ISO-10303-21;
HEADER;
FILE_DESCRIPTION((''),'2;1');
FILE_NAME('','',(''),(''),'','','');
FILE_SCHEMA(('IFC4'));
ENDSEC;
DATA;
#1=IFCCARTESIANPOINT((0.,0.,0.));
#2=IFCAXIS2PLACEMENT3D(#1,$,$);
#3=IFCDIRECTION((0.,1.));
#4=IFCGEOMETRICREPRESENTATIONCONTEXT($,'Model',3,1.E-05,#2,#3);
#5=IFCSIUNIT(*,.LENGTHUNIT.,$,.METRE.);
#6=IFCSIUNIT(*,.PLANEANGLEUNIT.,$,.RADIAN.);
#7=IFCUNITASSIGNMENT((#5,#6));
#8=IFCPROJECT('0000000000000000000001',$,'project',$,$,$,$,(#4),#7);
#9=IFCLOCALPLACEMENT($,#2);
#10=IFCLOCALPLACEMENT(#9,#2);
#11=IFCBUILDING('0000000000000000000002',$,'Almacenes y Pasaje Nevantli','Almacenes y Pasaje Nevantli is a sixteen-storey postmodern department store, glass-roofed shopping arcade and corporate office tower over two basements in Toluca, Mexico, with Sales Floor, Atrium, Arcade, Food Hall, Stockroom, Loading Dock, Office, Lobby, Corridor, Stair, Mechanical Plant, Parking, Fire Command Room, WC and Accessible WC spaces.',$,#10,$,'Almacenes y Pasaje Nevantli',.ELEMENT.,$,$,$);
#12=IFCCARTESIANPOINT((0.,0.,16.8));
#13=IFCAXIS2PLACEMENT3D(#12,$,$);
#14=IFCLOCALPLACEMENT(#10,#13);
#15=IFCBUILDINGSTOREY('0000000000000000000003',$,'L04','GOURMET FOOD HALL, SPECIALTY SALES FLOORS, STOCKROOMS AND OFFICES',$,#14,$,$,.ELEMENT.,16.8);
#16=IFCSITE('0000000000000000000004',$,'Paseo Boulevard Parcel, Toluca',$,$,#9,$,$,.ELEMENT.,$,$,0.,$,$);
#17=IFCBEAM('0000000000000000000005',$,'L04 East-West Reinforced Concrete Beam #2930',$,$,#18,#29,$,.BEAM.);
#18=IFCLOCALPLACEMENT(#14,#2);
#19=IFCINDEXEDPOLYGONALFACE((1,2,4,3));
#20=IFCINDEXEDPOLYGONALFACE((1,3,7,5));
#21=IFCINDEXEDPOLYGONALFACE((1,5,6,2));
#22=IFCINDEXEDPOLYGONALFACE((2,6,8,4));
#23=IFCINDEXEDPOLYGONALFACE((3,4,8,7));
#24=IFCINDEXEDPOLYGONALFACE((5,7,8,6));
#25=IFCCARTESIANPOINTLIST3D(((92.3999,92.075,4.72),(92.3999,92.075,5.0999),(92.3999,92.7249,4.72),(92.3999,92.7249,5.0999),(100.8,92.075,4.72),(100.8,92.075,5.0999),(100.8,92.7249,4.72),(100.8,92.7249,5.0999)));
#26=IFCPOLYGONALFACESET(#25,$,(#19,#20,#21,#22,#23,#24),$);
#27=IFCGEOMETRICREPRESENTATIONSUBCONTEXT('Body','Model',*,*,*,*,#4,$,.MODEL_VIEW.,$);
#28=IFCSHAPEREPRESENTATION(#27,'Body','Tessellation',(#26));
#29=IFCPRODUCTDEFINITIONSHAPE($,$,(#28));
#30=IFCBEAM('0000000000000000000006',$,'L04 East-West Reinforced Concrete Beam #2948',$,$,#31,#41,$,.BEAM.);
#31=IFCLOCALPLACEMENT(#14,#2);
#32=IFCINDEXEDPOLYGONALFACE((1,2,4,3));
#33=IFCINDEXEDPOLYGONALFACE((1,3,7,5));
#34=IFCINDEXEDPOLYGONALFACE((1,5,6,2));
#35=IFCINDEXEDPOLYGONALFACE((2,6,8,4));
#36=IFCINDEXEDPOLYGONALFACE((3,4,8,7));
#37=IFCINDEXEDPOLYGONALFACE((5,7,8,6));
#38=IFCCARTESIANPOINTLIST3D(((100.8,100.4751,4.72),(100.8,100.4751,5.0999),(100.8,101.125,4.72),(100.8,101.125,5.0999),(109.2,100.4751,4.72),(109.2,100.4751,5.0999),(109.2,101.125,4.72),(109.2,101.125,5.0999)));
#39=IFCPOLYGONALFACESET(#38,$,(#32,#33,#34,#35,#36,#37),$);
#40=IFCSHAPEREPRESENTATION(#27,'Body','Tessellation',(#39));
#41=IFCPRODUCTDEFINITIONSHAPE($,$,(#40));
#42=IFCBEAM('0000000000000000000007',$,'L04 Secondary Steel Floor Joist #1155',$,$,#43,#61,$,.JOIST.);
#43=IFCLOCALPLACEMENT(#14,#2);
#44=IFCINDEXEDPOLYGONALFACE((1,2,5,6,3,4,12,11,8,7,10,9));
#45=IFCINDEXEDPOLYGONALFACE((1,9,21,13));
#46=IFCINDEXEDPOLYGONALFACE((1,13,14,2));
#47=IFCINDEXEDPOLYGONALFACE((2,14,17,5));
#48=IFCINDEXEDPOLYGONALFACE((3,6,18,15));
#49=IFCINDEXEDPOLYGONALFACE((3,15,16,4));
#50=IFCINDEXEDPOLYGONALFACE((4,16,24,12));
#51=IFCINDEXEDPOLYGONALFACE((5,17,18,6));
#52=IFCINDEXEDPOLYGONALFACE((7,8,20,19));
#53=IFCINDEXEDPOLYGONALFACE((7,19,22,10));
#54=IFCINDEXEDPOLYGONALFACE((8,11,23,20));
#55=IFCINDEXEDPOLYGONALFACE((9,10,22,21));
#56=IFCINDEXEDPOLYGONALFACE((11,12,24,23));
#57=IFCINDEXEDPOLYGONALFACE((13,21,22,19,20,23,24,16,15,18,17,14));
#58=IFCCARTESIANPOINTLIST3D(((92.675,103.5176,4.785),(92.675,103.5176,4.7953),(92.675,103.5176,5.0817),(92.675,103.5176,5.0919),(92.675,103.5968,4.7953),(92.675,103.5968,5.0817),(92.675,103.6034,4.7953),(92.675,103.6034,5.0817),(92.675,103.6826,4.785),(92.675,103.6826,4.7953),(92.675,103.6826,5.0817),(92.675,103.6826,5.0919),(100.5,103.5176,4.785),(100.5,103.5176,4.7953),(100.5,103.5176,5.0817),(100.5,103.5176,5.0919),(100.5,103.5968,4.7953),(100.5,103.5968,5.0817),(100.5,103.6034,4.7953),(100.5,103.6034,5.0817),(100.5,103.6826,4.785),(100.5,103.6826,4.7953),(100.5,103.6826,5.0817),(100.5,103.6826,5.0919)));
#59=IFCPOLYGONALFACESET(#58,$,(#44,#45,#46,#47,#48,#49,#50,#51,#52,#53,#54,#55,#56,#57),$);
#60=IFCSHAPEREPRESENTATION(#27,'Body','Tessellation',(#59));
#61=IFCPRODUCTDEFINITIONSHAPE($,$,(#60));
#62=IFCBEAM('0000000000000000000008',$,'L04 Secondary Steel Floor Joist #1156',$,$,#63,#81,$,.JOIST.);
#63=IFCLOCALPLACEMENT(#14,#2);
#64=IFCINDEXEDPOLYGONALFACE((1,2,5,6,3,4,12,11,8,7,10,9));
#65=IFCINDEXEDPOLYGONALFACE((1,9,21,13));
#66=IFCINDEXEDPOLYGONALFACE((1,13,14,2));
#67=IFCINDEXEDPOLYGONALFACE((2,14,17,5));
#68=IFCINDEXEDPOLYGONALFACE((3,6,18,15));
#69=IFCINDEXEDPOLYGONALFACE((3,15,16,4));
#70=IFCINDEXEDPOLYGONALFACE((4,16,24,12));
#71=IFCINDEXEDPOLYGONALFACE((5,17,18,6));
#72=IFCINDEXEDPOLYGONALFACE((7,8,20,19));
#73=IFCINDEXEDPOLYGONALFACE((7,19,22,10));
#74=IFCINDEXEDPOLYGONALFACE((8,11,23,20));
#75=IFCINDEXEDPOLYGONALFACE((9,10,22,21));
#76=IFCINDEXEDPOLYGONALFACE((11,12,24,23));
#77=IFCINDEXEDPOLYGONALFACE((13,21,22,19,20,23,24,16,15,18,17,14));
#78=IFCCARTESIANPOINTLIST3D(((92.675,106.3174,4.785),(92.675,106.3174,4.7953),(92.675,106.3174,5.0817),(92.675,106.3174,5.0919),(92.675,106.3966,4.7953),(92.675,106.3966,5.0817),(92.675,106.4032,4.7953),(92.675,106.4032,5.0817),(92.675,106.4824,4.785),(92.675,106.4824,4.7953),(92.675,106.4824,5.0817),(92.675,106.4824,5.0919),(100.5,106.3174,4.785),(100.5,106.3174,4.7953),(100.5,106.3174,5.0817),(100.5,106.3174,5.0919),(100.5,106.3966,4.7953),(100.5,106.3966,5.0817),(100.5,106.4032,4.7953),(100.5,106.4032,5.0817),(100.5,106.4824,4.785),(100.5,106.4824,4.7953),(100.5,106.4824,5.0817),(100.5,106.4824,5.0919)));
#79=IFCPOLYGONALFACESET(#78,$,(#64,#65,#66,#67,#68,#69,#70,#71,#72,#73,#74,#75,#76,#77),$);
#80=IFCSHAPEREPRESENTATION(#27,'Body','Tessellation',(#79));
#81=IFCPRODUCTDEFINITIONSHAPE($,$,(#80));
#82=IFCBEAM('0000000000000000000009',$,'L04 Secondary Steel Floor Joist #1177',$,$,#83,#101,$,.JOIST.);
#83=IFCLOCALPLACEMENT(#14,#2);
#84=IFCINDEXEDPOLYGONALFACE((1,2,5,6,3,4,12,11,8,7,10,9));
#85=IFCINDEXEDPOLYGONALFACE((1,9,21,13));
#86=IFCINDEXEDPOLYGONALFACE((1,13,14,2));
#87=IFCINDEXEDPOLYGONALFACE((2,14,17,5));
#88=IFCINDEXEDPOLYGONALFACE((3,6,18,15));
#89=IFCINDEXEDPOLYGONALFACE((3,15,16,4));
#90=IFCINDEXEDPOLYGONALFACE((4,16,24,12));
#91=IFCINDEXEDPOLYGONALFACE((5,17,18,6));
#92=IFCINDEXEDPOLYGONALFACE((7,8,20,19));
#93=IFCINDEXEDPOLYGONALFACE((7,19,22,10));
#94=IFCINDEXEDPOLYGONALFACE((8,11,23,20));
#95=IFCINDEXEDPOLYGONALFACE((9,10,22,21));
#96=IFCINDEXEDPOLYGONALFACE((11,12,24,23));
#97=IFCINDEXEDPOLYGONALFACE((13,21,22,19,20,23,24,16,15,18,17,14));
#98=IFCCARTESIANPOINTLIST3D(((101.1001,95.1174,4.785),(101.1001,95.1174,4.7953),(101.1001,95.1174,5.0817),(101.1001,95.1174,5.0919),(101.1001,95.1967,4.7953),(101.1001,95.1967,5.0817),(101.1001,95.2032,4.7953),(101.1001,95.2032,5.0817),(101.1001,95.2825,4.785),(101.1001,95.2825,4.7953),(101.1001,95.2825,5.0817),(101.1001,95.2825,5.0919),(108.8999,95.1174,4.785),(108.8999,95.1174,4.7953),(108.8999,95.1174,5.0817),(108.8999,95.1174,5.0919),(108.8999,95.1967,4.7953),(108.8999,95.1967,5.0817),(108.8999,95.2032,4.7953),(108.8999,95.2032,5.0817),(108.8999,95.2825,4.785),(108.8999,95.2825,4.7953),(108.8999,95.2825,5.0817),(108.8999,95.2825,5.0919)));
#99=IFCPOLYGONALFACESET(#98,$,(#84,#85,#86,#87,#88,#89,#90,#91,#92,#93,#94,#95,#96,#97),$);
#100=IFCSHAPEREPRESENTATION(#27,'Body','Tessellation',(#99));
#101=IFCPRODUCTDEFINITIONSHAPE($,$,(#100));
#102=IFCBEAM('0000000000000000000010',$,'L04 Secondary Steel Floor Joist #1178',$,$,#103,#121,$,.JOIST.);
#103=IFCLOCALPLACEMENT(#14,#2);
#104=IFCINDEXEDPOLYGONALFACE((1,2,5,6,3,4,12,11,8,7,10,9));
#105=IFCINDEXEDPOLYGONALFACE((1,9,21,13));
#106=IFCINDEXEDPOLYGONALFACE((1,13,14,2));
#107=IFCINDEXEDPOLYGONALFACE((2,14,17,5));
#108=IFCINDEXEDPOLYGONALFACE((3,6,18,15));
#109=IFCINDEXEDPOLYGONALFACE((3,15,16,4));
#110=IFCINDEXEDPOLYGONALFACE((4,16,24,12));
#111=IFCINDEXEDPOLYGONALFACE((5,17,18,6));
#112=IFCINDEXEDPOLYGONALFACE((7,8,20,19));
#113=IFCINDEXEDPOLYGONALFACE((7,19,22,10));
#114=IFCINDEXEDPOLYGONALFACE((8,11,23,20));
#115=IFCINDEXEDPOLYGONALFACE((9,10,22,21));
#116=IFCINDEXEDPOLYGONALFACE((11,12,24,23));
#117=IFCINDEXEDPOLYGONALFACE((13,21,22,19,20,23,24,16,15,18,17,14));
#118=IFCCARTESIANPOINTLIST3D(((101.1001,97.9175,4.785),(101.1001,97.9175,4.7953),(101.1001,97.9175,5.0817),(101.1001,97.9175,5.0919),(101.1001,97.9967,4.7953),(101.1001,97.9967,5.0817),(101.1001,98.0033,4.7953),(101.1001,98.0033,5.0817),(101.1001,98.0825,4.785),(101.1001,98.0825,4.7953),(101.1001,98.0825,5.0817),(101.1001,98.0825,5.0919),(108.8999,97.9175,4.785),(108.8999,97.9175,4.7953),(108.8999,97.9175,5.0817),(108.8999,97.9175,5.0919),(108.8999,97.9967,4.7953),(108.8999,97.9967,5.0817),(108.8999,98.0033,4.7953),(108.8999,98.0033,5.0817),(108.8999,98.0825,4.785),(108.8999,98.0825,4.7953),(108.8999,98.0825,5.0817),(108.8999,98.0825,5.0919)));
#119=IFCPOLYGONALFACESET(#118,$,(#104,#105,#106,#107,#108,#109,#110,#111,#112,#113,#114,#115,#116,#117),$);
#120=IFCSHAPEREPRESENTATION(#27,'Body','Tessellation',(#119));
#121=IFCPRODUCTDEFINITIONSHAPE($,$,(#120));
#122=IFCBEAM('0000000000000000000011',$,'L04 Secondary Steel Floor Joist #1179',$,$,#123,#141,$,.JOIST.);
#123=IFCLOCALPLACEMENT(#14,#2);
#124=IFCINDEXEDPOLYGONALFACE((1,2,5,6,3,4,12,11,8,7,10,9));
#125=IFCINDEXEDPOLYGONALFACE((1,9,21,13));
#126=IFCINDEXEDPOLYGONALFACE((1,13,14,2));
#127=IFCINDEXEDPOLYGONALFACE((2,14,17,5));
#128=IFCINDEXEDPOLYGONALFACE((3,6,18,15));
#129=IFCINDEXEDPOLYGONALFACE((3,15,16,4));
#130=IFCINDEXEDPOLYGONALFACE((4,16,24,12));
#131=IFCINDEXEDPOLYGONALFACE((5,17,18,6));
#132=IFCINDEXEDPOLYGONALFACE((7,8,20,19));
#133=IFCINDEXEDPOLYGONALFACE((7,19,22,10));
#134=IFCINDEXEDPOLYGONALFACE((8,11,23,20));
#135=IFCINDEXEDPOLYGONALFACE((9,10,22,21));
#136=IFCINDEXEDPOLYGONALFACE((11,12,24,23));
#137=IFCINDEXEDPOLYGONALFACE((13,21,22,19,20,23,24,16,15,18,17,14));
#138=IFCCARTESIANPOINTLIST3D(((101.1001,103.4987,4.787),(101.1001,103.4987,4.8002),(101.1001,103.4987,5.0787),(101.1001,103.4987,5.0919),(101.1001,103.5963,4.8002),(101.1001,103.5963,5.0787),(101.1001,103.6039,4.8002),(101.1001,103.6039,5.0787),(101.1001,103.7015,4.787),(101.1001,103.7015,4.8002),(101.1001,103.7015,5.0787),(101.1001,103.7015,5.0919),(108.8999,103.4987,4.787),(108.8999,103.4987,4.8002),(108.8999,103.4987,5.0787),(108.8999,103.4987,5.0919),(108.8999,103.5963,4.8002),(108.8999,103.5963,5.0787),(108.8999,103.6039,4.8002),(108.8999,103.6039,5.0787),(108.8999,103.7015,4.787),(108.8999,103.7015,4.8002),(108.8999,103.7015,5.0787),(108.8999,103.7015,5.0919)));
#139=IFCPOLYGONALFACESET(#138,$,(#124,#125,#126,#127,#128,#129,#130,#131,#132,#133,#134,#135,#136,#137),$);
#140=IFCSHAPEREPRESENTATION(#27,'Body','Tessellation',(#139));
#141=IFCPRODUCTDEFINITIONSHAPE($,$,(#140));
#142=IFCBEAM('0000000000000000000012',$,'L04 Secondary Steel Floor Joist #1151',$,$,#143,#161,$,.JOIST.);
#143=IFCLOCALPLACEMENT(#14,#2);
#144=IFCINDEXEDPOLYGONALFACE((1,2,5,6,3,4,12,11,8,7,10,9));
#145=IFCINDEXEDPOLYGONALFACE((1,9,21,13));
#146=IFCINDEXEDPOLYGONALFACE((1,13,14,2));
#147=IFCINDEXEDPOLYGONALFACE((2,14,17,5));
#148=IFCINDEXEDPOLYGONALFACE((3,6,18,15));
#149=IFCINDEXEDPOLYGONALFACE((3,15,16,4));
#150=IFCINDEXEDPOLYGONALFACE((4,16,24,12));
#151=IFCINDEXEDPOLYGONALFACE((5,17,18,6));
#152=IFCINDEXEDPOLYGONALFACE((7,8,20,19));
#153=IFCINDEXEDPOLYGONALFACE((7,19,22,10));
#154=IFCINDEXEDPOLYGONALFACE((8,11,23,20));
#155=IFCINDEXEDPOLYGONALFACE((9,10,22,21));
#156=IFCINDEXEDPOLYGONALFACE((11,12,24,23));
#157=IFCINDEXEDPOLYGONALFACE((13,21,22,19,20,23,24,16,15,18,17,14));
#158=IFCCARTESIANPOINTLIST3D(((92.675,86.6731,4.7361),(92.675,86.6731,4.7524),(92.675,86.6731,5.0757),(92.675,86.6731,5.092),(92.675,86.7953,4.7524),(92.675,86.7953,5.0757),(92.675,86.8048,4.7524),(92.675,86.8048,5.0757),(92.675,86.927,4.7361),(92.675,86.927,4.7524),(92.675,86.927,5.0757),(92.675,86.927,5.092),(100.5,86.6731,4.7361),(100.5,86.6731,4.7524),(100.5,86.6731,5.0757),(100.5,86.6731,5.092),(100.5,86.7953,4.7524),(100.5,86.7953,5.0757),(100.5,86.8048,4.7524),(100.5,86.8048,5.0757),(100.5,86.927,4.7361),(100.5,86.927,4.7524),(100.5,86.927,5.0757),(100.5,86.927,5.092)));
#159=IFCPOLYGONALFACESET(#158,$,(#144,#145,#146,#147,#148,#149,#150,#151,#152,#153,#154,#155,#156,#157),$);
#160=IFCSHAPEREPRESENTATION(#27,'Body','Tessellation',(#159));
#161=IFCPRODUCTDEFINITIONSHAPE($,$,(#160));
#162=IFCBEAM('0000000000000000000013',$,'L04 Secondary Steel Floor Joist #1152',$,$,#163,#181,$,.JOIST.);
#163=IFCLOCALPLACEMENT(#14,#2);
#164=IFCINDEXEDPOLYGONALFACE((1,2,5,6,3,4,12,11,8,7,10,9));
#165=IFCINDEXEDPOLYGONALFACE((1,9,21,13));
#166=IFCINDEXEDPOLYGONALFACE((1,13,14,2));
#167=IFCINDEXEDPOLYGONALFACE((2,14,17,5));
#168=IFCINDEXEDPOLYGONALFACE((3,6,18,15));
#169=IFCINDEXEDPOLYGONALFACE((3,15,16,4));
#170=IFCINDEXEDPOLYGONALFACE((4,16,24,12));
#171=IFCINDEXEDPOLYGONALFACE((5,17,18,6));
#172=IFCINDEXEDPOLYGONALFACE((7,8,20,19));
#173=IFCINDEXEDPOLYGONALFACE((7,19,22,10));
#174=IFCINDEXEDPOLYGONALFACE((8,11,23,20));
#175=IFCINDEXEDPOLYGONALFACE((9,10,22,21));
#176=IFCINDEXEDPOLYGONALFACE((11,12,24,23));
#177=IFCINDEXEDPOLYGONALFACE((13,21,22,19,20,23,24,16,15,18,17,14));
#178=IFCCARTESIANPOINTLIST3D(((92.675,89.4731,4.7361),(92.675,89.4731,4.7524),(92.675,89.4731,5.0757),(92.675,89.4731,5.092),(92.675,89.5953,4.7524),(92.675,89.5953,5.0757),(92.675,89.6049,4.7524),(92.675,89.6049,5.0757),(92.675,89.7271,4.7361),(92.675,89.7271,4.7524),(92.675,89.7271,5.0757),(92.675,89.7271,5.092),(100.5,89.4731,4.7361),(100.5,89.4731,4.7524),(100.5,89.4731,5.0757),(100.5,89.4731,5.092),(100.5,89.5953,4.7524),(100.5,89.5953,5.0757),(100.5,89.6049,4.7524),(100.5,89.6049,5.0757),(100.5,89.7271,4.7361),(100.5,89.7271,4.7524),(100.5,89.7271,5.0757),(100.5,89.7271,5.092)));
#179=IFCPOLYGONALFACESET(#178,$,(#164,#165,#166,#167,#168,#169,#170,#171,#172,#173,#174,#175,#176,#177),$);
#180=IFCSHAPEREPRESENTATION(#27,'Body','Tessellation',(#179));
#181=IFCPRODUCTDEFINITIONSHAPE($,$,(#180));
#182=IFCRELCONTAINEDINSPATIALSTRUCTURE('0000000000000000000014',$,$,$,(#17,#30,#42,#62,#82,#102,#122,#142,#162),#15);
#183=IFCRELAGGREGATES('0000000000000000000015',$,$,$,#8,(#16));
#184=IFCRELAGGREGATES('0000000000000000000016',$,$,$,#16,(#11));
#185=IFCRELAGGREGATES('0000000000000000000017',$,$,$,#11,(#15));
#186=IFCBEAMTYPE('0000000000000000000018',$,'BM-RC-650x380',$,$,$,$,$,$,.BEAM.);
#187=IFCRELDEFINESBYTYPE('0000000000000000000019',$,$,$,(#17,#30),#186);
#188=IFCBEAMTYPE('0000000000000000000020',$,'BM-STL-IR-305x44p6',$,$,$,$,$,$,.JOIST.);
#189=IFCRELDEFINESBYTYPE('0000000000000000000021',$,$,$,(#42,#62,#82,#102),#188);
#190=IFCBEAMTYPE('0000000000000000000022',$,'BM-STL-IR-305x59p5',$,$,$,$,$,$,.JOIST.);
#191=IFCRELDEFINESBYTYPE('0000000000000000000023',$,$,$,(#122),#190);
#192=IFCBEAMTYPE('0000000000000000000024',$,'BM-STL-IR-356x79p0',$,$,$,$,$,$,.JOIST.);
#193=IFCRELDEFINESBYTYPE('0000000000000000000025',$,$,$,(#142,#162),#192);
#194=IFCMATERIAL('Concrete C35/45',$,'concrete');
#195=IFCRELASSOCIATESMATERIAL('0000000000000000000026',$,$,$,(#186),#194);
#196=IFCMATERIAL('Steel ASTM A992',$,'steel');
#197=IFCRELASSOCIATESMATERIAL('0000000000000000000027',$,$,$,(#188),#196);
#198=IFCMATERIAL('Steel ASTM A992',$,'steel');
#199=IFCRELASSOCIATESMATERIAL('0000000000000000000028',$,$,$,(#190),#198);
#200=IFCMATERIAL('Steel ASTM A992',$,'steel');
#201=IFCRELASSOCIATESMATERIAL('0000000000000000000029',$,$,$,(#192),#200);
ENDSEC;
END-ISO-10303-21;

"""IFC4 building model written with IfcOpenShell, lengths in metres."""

from ifc_helpers import new_model, si_unit, direction, frame, origin, origin_2d, place, context, subcontext, project, spatial, rectangle, i_section, extrude, material, material_profile, profile_set, type_object, element, save


model = new_model("IFC4")

# Units and contexts
model_context = context("Model", 3, precision=1e-05, world=origin(), true_north=direction((0.0, 1.0)))
body_context = subcontext(model_context, "Body", "Model", "MODEL_VIEW")
ifc_project = project(units=[si_unit("LENGTHUNIT", "METRE"), si_unit("PLANEANGLEUNIT", "RADIAN")], contexts=[model_context])

# Site, building, storey
site_placement = place(None, origin())
site = spatial("IfcSite", under=ifc_project, at=site_placement, Name="Paseo Boulevard Parcel, Toluca", CompositionType="ELEMENT", RefElevation=0.0)
building_placement = place(site_placement, origin())
building = spatial("IfcBuilding", under=site, at=building_placement, Name="Almacenes y Pasaje Nevantli", Description="Almacenes y Pasaje Nevantli is a sixteen-storey postmodern department store, glass-roofed shopping arcade and corporate office tower over two basements in Toluca, Mexico, with Sales Floor, Atrium, Arcade, Food Hall, Stockroom, Loading Dock, Office, Lobby, Corridor, Stair, Mechanical Plant, Parking, Fire Command Room, WC and Accessible WC spaces.", LongName="Almacenes y Pasaje Nevantli", CompositionType="ELEMENT")
storey_placement = place(building_placement, frame((0.0, 0.0, 16.8)))
storey = spatial("IfcBuildingStorey", under=building, at=storey_placement, Name="L04", Description="GOURMET FOOD HALL, SPECIALTY SALES FLOORS, STOCKROOMS AND OFFICES", CompositionType="ELEMENT", Elevation=16.8)

# Beams
ifc_material_1 = material(Name="Concrete C35/45", Category="concrete")
ifc_material_profile_1 = material_profile(ifc_material_1, rectangle(XDim=0.6499, YDim=0.3799, at=origin_2d()), Name="RC-BM-650x380")
ifc_profile_set_1 = profile_set([ifc_material_profile_1], Name="Concrete C35/45")
beam_type_1 = type_object("IfcBeamType", Name="BM-RC-650x380", PredefinedType="BEAM", material=ifc_profile_set_1)
beam_1_placement = place(storey_placement, frame((92.3999, 92.3999, 4.9099), z_axis=(1.0, 0.0, 0.0), x_axis=(0.0, 1.0, 0.0)))
element("IfcBeam", 1, at=beam_1_placement, inside=storey, type_object=beam_type_1, Name="L04 East-West Reinforced Concrete Beam #2930", PredefinedType="BEAM", context=body_context, shape_type="SweptSolid", body=[
    extrude(rectangle(XDim=0.6499, YDim=0.3799, at=origin_2d()), origin(), (0.0, 0.0, 1.0), 8.4001),
])
beam_2_placement = place(storey_placement, frame((100.8, 100.8, 4.9099), z_axis=(1.0, 0.0, 0.0), x_axis=(0.0, 1.0, 0.0)))
element("IfcBeam", 2, at=beam_2_placement, inside=storey, type_object=beam_type_1, Name="L04 East-West Reinforced Concrete Beam #2948", PredefinedType="BEAM", context=body_context, shape_type="SweptSolid", body=[
    extrude(rectangle(XDim=0.6499, YDim=0.3799, at=origin_2d()), origin(), (0.0, 0.0, 1.0), 8.3999),
])
ifc_material_2 = material(Name="Steel ASTM A992", Category="steel")
ifc_material_profile_2 = material_profile(ifc_material_2, i_section(OverallWidth=0.165, OverallDepth=0.3069, WebThickness=0.0066, FlangeThickness=0.0103, at=origin_2d()), Name="IR 305x44.6")
ifc_profile_set_2 = profile_set([ifc_material_profile_2], Name="Steel ASTM A992")
beam_type_2 = type_object("IfcBeamType", Name="BM-STL-IR-305x44p6", PredefinedType="JOIST", material=ifc_profile_set_2)
for number, where, z_axis, x_axis, name in (
    (3, (92.675, 103.6001, 4.9385), (1.0, 0.0, 0.0), (0.0, 1.0, 0.0), "L04 Secondary Steel Floor Joist #1155"),
    (4, (92.675, 106.3999, 4.9385), (1.0, 0.0, 0.0), (0.0, 1.0, 0.0), "L04 Secondary Steel Floor Joist #1156"),
):
    element("IfcBeam", number, at=place(storey_placement, frame(where, z_axis=z_axis, x_axis=x_axis)), inside=storey, type_object=beam_type_2, Name=name, PredefinedType="JOIST", context=body_context, shape_type="SweptSolid", body=[
        extrude(i_section(OverallWidth=0.165, OverallDepth=0.3069, WebThickness=0.0066, FlangeThickness=0.0103, at=origin_2d()), origin(), (0.0, 0.0, 1.0), 7.825),
    ])
for number, where, z_axis, x_axis, name in (
    (5, (101.1001, 95.2, 4.9385), (1.0, 0.0, 0.0), (0.0, 1.0, 0.0), "L04 Secondary Steel Floor Joist #1177"),
    (6, (101.1001, 98.0, 4.9385), (1.0, 0.0, 0.0), (0.0, 1.0, 0.0), "L04 Secondary Steel Floor Joist #1178"),
):
    element("IfcBeam", number, at=place(storey_placement, frame(where, z_axis=z_axis, x_axis=x_axis)), inside=storey, type_object=beam_type_2, Name=name, PredefinedType="JOIST", context=body_context, shape_type="SweptSolid", body=[
        extrude(i_section(OverallWidth=0.165, OverallDepth=0.3069, WebThickness=0.0066, FlangeThickness=0.0103, at=origin_2d()), origin(), (0.0, 0.0, 1.0), 7.7998),
    ])
ifc_material_3 = material(Name="Steel ASTM A992", Category="steel")
ifc_material_profile_3 = material_profile(ifc_material_3, i_section(OverallWidth=0.2029, OverallDepth=0.3049, WebThickness=0.0076, FlangeThickness=0.0132, at=origin_2d()), Name="IR 305x59.5")
ifc_profile_set_3 = profile_set([ifc_material_profile_3], Name="Steel ASTM A992")
beam_type_3 = type_object("IfcBeamType", Name="BM-STL-IR-305x59p5", PredefinedType="JOIST", material=ifc_profile_set_3)
beam_3_placement = place(storey_placement, frame((101.1001, 103.6001, 4.9395), z_axis=(1.0, 0.0, 0.0), x_axis=(0.0, 1.0, 0.0)))
element("IfcBeam", 7, at=beam_3_placement, inside=storey, type_object=beam_type_3, Name="L04 Secondary Steel Floor Joist #1179", PredefinedType="JOIST", context=body_context, shape_type="SweptSolid", body=[
    extrude(i_section(OverallWidth=0.2029, OverallDepth=0.3049, WebThickness=0.0076, FlangeThickness=0.0132, at=origin_2d()), origin(), (0.0, 0.0, 1.0), 7.7998),
])
ifc_material_4 = material(Name="Steel ASTM A992", Category="steel")
ifc_material_profile_4 = material_profile(ifc_material_4, i_section(OverallWidth=0.2539, OverallDepth=0.356, WebThickness=0.0095, FlangeThickness=0.0164, at=origin_2d()), Name="IR 356x79.0")
ifc_profile_set_4 = profile_set([ifc_material_profile_4], Name="Steel ASTM A992")
beam_type_4 = type_object("IfcBeamType", Name="BM-STL-IR-356x79p0", PredefinedType="JOIST", material=ifc_profile_set_4)
for number, where, z_axis, x_axis, name in (
    (8, (92.675, 86.8, 4.9141), (1.0, 0.0, 0.0), (0.0, 1.0, 0.0), "L04 Secondary Steel Floor Joist #1151"),
    (9, (92.675, 89.6001, 4.9141), (1.0, 0.0, 0.0), (0.0, 1.0, 0.0), "L04 Secondary Steel Floor Joist #1152"),
):
    element("IfcBeam", number, at=place(storey_placement, frame(where, z_axis=z_axis, x_axis=x_axis)), inside=storey, type_object=beam_type_4, Name=name, PredefinedType="JOIST", context=body_context, shape_type="SweptSolid", body=[
        extrude(i_section(OverallWidth=0.2539, OverallDepth=0.356, WebThickness=0.0095, FlangeThickness=0.0164, at=origin_2d()), origin(), (0.0, 0.0, 1.0), 7.825),
    ])

save(model, "model.ifc")
